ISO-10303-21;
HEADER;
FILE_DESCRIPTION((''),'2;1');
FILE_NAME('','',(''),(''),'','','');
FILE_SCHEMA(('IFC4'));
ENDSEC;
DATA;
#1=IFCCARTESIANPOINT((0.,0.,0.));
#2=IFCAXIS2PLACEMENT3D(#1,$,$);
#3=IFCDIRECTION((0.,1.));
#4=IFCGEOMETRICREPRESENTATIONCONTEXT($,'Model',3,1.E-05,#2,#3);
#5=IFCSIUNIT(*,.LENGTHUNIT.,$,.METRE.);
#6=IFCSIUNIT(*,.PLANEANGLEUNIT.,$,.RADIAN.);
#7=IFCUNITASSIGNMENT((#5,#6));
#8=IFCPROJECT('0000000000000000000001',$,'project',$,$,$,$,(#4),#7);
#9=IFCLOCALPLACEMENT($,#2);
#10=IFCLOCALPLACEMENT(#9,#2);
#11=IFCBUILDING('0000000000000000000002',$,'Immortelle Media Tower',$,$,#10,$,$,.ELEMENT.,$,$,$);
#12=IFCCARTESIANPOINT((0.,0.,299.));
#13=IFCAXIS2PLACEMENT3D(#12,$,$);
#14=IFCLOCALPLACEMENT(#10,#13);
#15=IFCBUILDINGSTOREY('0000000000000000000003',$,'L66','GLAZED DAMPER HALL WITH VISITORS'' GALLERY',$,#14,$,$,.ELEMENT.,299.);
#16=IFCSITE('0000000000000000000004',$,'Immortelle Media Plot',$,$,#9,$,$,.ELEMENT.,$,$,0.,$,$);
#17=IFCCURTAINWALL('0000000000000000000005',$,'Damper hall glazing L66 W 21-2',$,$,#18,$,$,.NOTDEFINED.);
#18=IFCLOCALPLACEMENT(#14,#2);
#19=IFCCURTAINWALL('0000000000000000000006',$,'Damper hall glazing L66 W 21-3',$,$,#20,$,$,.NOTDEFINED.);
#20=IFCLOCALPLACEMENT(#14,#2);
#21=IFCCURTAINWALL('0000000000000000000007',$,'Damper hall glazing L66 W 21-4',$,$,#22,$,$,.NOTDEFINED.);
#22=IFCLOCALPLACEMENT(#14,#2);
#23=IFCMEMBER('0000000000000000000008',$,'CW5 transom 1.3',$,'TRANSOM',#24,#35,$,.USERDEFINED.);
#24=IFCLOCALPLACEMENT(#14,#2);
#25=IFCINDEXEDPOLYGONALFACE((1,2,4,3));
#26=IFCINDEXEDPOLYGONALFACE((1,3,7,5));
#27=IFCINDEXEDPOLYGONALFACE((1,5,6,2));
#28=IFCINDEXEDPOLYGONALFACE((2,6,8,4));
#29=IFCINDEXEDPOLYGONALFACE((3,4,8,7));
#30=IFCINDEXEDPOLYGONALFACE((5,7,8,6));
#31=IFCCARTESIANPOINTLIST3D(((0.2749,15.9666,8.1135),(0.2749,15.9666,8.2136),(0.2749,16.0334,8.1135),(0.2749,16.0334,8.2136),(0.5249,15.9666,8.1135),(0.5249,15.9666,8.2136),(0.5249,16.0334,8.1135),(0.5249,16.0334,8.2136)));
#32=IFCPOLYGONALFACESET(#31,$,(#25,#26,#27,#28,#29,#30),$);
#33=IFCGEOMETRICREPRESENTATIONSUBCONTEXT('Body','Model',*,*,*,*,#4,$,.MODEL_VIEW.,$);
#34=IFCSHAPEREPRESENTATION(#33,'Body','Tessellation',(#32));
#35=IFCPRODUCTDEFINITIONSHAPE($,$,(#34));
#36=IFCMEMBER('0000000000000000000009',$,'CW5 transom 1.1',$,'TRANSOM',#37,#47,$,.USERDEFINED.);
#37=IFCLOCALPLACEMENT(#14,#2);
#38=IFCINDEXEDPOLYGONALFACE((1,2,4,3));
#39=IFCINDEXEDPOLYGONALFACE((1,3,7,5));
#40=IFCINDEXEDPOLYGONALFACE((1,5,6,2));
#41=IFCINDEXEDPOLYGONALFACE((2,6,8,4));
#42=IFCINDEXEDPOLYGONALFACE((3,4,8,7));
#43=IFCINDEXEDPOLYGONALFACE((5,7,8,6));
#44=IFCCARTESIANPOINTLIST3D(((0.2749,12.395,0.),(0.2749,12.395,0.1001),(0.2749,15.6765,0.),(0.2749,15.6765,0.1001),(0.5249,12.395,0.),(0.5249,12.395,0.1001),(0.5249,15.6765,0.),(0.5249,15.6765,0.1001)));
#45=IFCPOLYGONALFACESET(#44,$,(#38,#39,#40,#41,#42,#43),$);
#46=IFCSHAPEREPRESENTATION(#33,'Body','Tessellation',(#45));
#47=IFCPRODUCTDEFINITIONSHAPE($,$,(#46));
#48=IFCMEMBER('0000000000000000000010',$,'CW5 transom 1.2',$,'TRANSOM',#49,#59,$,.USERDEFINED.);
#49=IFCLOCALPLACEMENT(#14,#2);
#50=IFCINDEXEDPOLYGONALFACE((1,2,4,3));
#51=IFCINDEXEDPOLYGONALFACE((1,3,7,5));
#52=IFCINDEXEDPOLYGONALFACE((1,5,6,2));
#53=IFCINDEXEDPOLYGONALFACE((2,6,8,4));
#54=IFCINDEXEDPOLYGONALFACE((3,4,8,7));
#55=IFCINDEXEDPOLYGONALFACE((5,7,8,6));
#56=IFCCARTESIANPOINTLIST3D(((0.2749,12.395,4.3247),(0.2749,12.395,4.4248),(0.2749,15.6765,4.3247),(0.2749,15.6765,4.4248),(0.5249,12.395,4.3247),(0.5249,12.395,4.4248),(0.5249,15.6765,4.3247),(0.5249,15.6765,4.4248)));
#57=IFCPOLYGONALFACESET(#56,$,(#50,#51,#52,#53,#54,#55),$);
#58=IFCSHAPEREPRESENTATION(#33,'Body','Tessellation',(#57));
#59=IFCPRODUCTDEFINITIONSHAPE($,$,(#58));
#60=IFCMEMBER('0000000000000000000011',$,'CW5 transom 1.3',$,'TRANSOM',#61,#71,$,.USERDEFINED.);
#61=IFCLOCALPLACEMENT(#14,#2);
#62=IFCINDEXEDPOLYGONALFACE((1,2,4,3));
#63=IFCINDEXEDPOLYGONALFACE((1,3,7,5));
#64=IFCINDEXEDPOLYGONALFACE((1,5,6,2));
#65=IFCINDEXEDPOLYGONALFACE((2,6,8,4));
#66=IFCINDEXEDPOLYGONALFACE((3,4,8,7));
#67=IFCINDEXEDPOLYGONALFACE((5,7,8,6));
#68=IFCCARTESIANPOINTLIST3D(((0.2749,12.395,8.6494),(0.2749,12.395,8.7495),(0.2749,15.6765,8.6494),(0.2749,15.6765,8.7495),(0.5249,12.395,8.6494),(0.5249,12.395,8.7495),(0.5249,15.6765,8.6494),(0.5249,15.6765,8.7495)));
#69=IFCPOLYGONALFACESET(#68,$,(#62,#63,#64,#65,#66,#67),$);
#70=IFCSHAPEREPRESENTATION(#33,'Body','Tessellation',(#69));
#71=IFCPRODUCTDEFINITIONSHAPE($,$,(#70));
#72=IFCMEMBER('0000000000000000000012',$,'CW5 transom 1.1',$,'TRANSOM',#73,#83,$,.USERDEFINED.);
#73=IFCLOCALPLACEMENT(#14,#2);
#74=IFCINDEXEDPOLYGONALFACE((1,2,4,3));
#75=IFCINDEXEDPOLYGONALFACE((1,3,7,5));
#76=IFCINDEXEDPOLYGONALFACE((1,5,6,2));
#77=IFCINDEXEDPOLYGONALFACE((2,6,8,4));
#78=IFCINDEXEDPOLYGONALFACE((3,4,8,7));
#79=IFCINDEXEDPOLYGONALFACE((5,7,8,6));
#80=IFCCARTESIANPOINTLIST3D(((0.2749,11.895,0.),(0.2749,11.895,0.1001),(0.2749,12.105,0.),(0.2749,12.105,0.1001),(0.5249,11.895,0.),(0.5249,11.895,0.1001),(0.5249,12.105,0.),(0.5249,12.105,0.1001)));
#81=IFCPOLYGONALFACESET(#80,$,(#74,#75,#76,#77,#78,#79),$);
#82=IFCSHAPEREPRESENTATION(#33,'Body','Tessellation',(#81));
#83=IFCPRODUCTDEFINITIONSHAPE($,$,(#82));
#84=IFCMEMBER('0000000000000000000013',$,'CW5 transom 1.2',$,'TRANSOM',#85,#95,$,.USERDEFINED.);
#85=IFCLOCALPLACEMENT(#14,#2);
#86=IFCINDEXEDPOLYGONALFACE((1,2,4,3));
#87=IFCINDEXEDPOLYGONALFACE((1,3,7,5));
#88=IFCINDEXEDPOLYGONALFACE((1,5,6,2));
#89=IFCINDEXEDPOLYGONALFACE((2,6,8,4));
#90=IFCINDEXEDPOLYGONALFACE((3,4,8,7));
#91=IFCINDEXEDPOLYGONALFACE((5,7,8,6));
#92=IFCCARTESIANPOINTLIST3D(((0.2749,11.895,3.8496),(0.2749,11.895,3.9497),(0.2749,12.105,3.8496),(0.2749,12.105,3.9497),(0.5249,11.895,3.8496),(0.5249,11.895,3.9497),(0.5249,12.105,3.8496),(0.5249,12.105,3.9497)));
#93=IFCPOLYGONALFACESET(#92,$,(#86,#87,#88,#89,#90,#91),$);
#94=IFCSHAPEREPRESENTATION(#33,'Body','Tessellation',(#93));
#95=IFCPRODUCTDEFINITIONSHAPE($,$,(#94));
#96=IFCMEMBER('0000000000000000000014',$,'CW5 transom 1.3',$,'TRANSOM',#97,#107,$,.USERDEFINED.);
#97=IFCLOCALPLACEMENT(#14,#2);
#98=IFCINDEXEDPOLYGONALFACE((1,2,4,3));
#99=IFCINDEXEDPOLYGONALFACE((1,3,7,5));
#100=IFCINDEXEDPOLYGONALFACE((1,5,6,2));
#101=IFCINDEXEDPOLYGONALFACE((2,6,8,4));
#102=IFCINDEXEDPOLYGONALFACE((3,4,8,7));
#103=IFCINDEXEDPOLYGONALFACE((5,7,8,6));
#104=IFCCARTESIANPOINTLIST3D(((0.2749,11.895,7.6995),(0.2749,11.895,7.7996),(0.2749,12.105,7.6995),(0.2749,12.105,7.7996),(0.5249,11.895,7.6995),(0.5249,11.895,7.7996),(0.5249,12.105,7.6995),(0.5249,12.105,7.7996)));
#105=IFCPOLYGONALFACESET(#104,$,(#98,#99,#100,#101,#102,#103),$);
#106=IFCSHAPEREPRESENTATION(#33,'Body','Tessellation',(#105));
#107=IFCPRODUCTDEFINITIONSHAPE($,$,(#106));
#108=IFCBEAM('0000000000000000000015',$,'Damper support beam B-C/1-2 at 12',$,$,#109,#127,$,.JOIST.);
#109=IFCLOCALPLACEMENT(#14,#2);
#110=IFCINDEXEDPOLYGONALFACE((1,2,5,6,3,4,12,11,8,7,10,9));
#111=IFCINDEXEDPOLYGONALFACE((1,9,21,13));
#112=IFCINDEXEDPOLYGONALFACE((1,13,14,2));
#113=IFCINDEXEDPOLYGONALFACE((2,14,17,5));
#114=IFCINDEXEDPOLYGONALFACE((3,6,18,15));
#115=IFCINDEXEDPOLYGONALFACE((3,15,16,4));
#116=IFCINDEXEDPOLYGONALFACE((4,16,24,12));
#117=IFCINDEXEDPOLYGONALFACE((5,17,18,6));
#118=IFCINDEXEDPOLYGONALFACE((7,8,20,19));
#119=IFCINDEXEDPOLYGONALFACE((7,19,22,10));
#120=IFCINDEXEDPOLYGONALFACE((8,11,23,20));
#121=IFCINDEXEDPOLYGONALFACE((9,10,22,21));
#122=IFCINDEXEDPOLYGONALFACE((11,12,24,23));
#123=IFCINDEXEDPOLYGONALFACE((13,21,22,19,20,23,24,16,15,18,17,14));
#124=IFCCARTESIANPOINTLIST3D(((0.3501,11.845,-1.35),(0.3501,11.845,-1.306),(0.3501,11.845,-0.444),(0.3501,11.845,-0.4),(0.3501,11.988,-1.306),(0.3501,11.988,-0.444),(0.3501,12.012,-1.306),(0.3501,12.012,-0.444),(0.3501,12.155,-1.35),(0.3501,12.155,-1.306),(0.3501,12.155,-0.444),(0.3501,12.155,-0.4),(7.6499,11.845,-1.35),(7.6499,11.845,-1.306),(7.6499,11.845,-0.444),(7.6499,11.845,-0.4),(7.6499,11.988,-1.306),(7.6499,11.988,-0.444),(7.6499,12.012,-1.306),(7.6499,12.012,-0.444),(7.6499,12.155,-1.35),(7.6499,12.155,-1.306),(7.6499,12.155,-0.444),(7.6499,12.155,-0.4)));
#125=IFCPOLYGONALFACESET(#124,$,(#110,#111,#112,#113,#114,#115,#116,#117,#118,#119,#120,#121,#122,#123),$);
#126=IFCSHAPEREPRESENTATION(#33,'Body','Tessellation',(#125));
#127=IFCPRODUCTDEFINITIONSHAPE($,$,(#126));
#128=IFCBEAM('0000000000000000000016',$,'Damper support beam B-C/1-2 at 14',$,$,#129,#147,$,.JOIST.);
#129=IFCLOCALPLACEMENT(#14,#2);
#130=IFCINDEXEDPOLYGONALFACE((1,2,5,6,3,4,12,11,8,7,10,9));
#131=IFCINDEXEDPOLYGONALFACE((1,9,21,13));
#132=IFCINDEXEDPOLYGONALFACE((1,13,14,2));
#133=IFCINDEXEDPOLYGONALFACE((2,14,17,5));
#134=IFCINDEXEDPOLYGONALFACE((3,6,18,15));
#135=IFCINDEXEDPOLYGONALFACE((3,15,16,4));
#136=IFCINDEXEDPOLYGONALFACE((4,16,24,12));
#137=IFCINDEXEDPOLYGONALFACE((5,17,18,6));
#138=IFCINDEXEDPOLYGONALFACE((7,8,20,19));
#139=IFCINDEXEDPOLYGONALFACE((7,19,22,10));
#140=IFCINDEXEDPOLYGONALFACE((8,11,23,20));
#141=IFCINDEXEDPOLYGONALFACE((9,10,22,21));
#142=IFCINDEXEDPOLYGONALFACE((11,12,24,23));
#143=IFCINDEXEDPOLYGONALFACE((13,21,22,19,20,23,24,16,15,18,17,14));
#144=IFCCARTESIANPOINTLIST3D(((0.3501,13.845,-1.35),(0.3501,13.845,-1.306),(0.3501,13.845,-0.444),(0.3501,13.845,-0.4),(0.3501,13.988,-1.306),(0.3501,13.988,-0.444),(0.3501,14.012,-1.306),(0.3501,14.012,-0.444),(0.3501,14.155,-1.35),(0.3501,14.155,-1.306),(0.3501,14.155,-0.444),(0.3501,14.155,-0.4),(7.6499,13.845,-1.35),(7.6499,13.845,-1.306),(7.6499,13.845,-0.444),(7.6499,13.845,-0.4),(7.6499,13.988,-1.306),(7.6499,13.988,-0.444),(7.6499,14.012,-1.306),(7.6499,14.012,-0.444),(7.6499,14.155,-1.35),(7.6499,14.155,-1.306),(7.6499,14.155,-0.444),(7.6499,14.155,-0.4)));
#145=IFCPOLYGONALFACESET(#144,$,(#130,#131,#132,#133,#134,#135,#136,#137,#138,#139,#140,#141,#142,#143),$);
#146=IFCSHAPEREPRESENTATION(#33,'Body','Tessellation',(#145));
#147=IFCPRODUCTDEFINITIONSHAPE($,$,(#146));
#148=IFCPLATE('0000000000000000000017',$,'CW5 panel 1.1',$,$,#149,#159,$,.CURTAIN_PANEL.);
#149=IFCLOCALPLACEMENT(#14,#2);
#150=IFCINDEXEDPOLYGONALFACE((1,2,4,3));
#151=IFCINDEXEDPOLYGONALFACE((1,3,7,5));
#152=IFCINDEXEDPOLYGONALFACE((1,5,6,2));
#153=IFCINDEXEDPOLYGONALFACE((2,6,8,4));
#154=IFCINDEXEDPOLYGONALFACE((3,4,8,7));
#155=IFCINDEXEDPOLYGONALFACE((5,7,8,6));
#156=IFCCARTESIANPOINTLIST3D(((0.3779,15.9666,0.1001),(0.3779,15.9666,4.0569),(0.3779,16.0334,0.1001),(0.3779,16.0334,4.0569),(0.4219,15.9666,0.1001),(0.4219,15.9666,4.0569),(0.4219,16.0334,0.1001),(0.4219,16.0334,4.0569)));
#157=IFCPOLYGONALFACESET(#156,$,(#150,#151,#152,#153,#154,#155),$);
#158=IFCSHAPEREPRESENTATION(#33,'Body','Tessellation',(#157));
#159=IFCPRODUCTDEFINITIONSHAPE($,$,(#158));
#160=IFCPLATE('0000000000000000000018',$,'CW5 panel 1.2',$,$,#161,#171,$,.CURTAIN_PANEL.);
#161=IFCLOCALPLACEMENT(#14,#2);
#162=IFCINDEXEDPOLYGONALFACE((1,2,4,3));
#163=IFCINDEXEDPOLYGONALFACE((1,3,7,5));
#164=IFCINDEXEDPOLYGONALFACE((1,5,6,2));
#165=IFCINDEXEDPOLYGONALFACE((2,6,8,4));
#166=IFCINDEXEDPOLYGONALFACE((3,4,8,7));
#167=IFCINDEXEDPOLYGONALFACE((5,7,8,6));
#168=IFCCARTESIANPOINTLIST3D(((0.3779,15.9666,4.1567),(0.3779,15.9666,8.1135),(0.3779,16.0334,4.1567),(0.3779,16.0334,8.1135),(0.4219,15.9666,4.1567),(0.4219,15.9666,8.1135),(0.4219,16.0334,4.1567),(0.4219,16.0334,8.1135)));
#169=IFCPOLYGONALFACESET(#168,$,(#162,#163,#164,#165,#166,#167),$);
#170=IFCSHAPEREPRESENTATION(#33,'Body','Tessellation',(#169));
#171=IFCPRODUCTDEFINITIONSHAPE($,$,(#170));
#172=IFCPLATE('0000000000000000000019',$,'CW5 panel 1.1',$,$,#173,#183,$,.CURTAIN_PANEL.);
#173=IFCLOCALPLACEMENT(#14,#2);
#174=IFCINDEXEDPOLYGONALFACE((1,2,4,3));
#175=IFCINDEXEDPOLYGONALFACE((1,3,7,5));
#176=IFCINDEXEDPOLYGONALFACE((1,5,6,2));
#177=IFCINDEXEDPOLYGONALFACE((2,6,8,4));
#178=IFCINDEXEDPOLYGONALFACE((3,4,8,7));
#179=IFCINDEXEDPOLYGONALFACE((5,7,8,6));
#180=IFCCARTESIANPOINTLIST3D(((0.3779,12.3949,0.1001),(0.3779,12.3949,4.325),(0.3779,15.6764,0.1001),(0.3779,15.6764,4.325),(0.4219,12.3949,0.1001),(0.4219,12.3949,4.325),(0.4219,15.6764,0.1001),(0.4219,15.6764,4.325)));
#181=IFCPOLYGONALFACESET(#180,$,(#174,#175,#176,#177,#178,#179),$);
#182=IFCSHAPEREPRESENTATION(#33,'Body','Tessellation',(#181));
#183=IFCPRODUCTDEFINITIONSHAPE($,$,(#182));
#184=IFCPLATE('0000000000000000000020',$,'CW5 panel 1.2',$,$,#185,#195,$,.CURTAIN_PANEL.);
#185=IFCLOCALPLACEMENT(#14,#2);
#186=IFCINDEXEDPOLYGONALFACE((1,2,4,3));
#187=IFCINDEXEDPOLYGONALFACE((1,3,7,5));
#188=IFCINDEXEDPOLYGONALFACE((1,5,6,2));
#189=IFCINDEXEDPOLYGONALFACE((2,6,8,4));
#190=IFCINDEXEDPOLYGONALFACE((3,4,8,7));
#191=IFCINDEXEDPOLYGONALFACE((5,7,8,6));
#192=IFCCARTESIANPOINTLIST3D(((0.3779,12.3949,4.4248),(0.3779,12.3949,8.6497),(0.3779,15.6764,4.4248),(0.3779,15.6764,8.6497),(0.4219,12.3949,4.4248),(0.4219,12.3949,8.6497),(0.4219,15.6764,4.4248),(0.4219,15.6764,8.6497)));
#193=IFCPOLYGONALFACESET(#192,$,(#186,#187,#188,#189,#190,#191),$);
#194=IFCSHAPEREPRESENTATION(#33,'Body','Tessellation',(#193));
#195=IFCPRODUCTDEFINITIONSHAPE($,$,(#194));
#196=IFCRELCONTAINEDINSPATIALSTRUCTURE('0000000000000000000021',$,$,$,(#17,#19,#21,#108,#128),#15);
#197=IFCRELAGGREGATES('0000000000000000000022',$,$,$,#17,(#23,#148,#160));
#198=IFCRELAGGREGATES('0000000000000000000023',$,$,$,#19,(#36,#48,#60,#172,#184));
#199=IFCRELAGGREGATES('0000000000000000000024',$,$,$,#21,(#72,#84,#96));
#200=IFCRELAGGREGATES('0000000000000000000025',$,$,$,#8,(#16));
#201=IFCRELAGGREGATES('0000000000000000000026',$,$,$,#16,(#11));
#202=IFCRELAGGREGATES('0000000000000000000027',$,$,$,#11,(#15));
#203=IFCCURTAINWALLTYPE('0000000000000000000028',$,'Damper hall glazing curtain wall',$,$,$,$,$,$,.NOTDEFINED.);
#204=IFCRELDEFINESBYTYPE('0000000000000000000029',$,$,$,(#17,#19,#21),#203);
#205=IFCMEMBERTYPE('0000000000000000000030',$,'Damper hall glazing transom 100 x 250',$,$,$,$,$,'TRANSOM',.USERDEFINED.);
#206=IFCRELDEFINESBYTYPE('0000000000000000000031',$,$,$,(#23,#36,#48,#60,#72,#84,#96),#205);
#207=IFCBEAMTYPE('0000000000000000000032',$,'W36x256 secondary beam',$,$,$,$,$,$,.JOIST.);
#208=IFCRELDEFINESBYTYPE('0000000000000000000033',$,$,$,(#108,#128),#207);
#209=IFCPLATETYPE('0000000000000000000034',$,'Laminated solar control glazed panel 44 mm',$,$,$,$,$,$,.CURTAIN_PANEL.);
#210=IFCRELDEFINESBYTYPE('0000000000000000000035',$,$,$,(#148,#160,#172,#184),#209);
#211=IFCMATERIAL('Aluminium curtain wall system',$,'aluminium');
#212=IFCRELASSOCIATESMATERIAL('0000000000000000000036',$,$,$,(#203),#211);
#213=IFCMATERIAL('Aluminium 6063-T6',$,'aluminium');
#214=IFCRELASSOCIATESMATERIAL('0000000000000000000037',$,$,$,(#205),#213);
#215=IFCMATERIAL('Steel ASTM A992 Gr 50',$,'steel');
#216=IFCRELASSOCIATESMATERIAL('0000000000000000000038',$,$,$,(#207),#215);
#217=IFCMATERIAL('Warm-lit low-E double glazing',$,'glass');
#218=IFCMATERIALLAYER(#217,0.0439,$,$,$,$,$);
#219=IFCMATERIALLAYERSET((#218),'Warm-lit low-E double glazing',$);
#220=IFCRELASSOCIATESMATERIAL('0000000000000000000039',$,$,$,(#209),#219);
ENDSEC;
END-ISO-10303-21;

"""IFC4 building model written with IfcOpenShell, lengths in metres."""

from ifc_helpers import new_model, si_unit, direction, frame, origin, origin_2d, place, context, subcontext, project, spatial, rectangle, i_section, extrude, material, layer, layer_set, material_profile, profile_set, type_object, element, aggregate, save


model = new_model("IFC4")

# Units and contexts
model_context = context("Model", 3, precision=1e-05, world=origin(), true_north=direction((0.0, 1.0)))
body_context = subcontext(model_context, "Body", "Model", "MODEL_VIEW")
ifc_project = project(units=[si_unit("LENGTHUNIT", "METRE"), si_unit("PLANEANGLEUNIT", "RADIAN")], contexts=[model_context])

# Site, building, storey
site_placement = place(None, origin())
site = spatial("IfcSite", under=ifc_project, at=site_placement, Name="Immortelle Media Plot", CompositionType="ELEMENT", RefElevation=0.0)
building_placement = place(site_placement, origin())
building = spatial("IfcBuilding", under=site, at=building_placement, Name="Immortelle Media Tower", CompositionType="ELEMENT")
storey_placement = place(building_placement, frame((0.0, 0.0, 299.0)))
storey = spatial("IfcBuildingStorey", under=building, at=storey_placement, Name="L66", Description="GLAZED DAMPER HALL WITH VISITORS' GALLERY", CompositionType="ELEMENT", Elevation=299.0)

# Shared definitions
ifc_material_1 = material(Name="Steel ASTM A992 Gr 50", Category="steel")

# Shared definitions
ifc_material_2 = material(Name="Aluminium curtain wall system", Category="aluminium")
curtain_wall_type = type_object("IfcCurtainWallType", Name="Damper hall glazing curtain wall", PredefinedType="NOTDEFINED", material=ifc_material_2)
ifc_material_3 = material(Name="Aluminium 6063-T6", Category="aluminium")

# Curtain walls
curtain_wall_1_placement = place(storey_placement, origin())
curtain_wall_1 = element("IfcCurtainWall", 1, at=curtain_wall_1_placement, inside=storey, type_object=curtain_wall_type, Name="Damper hall glazing L66 W 21-2", PredefinedType="NOTDEFINED")
curtain_wall_2_placement = place(storey_placement, origin())
curtain_wall_2 = element("IfcCurtainWall", 2, at=curtain_wall_2_placement, inside=storey, type_object=curtain_wall_type, Name="Damper hall glazing L66 W 21-3", PredefinedType="NOTDEFINED")
curtain_wall_3_placement = place(storey_placement, origin())
curtain_wall_3 = element("IfcCurtainWall", 3, at=curtain_wall_3_placement, inside=storey, type_object=curtain_wall_type, Name="Damper hall glazing L66 W 21-4", PredefinedType="NOTDEFINED")

# Members
ifc_material_profile_1 = material_profile(ifc_material_3, rectangle(XDim=0.25, YDim=0.1001, at=origin_2d()), Name="AL 100x250")
ifc_profile_set_1 = profile_set([ifc_material_profile_1], Name="Aluminium 6063-T6")
member_type_1 = type_object("IfcMemberType", Name="Damper hall glazing transom 100 x 250", ElementType="TRANSOM", PredefinedType="USERDEFINED", material=ifc_profile_set_1)
member_1_placement = place(storey_placement, frame((0.3999, 16.0334, 8.1636), z_axis=(0.0, -1.0, 0.0), x_axis=(1.0, 0.0, 0.0)))
member_1 = element("IfcMember", 4, at=member_1_placement, type_object=member_type_1, Name="CW5 transom 1.3", ObjectType="TRANSOM", PredefinedType="USERDEFINED", context=body_context, shape_type="SweptSolid", body=[
    extrude(rectangle(XDim=0.25, YDim=0.1001, at=origin_2d()), origin(), (0.0, 0.0, 1.0), 0.0669),
])
member_2_placement = place(storey_placement, frame((0.3999, 15.6765, 0.05), z_axis=(0.0, -1.0, 0.0), x_axis=(1.0, 0.0, 0.0)))
member_2 = element("IfcMember", 5, at=member_2_placement, type_object=member_type_1, Name="CW5 transom 1.1", ObjectType="TRANSOM", PredefinedType="USERDEFINED", context=body_context, shape_type="SweptSolid", body=[
    extrude(rectangle(XDim=0.25, YDim=0.1001, at=origin_2d()), origin(), (0.0, 0.0, 1.0), 3.2815),
])
member_3_placement = place(storey_placement, frame((0.3999, 15.6765, 4.3748), z_axis=(0.0, -1.0, 0.0), x_axis=(1.0, 0.0, 0.0)))
member_3 = element("IfcMember", 6, at=member_3_placement, type_object=member_type_1, Name="CW5 transom 1.2", ObjectType="TRANSOM", PredefinedType="USERDEFINED", context=body_context, shape_type="SweptSolid", body=[
    extrude(rectangle(XDim=0.25, YDim=0.1001, at=origin_2d()), origin(), (0.0, 0.0, 1.0), 3.2815),
])
member_4_placement = place(storey_placement, frame((0.3999, 15.6765, 8.6995), z_axis=(0.0, -1.0, 0.0), x_axis=(1.0, 0.0, 0.0)))
member_4 = element("IfcMember", 7, at=member_4_placement, type_object=member_type_1, Name="CW5 transom 1.3", ObjectType="TRANSOM", PredefinedType="USERDEFINED", context=body_context, shape_type="SweptSolid", body=[
    extrude(rectangle(XDim=0.25, YDim=0.1001, at=origin_2d()), origin(), (0.0, 0.0, 1.0), 3.2815),
])
member_5_placement = place(storey_placement, frame((0.3999, 12.105, 0.05), z_axis=(0.0, -1.0, 0.0), x_axis=(1.0, 0.0, 0.0)))
member_5 = element("IfcMember", 8, at=member_5_placement, type_object=member_type_1, Name="CW5 transom 1.1", ObjectType="TRANSOM", PredefinedType="USERDEFINED", context=body_context, shape_type="SweptSolid", body=[
    extrude(rectangle(XDim=0.25, YDim=0.1001, at=origin_2d()), origin(), (0.0, 0.0, 1.0), 0.21),
])
member_6_placement = place(storey_placement, frame((0.3999, 12.105, 3.8997), z_axis=(0.0, -1.0, 0.0), x_axis=(1.0, 0.0, 0.0)))
member_6 = element("IfcMember", 9, at=member_6_placement, type_object=member_type_1, Name="CW5 transom 1.2", ObjectType="TRANSOM", PredefinedType="USERDEFINED", context=body_context, shape_type="SweptSolid", body=[
    extrude(rectangle(XDim=0.25, YDim=0.1001, at=origin_2d()), origin(), (0.0, 0.0, 1.0), 0.21),
])
member_7_placement = place(storey_placement, frame((0.3999, 12.105, 7.7495), z_axis=(0.0, -1.0, 0.0), x_axis=(1.0, 0.0, 0.0)))
member_7 = element("IfcMember", 10, at=member_7_placement, type_object=member_type_1, Name="CW5 transom 1.3", ObjectType="TRANSOM", PredefinedType="USERDEFINED", context=body_context, shape_type="SweptSolid", body=[
    extrude(rectangle(XDim=0.25, YDim=0.1001, at=origin_2d()), origin(), (0.0, 0.0, 1.0), 0.21),
])

# Beams
ifc_material_profile_2 = material_profile(ifc_material_1, i_section(OverallWidth=0.3101, OverallDepth=0.95, WebThickness=0.0239, FlangeThickness=0.0439, at=origin_2d()), Name="W36x256")
ifc_profile_set_2 = profile_set([ifc_material_profile_2], Name="Steel ASTM A992 Gr 50")
beam_type_1 = type_object("IfcBeamType", Name="W36x256 secondary beam", PredefinedType="JOIST", material=ifc_profile_set_2)
for number, where, z_axis, x_axis, name in (
    (11, (0.3501, 12.0, -0.875), (1.0, 0.0, 0.0), (0.0, 1.0, 0.0), "Damper support beam B-C/1-2 at 12"),
    (12, (0.3501, 14.0, -0.875), (1.0, 0.0, 0.0), (0.0, 1.0, 0.0), "Damper support beam B-C/1-2 at 14"),
):
    element("IfcBeam", number, at=place(storey_placement, frame(where, z_axis=z_axis, x_axis=x_axis)), inside=storey, type_object=beam_type_1, Name=name, PredefinedType="JOIST", context=body_context, shape_type="SweptSolid", body=[
        extrude(i_section(OverallWidth=0.3101, OverallDepth=0.95, WebThickness=0.0239, FlangeThickness=0.0439, at=origin_2d()), origin(), (0.0, 0.0, 1.0), 7.2998),
    ])

# Plates
ifc_material_4 = material(Name="Warm-lit low-E double glazing", Category="glass")
ifc_layer = layer(ifc_material_4, 0.0439)
ifc_layer_set = layer_set([ifc_layer], Name="Warm-lit low-E double glazing")
plate_type = type_object("IfcPlateType", Name="Laminated solar control glazed panel 44 mm", PredefinedType="CURTAIN_PANEL", material=ifc_layer_set)
plate_1_placement = place(storey_placement, frame((0.3999, 16.0, 0.1001), z_axis=(0.0, 0.0, 1.0), x_axis=(0.0, -1.0, 0.0)))
plate_1 = element("IfcPlate", 13, at=plate_1_placement, type_object=plate_type, Name="CW5 panel 1.1", PredefinedType="CURTAIN_PANEL", context=body_context, shape_type="SweptSolid", body=[
    extrude(rectangle(XDim=0.0669, YDim=0.0439, at=origin_2d()), origin(), (0.0, 0.0, 1.0), 3.9568),
])
plate_2_placement = place(storey_placement, frame((0.3999, 16.0, 4.1567), z_axis=(0.0, 0.0, 1.0), x_axis=(0.0, -1.0, 0.0)))
plate_2 = element("IfcPlate", 14, at=plate_2_placement, type_object=plate_type, Name="CW5 panel 1.2", PredefinedType="CURTAIN_PANEL", context=body_context, shape_type="SweptSolid", body=[
    extrude(rectangle(XDim=0.0669, YDim=0.0439, at=origin_2d()), origin(), (0.0, 0.0, 1.0), 3.9568),
])
aggregate(curtain_wall_1, [member_1, plate_1, plate_2])
plate_3_placement = place(storey_placement, frame((0.3999, 14.0356, 0.1001), z_axis=(0.0, 0.0, 1.0), x_axis=(0.0, -1.0, 0.0)))
plate_3 = element("IfcPlate", 15, at=plate_3_placement, type_object=plate_type, Name="CW5 panel 1.1", PredefinedType="CURTAIN_PANEL", context=body_context, shape_type="SweptSolid", body=[
    extrude(rectangle(XDim=3.2815, YDim=0.0439, at=origin_2d()), origin(), (0.0, 0.0, 1.0), 4.2249),
])
plate_4_placement = place(storey_placement, frame((0.3999, 14.0356, 4.4248), z_axis=(0.0, 0.0, 1.0), x_axis=(0.0, -1.0, 0.0)))
plate_4 = element("IfcPlate", 16, at=plate_4_placement, type_object=plate_type, Name="CW5 panel 1.2", PredefinedType="CURTAIN_PANEL", context=body_context, shape_type="SweptSolid", body=[
    extrude(rectangle(XDim=3.2815, YDim=0.0439, at=origin_2d()), origin(), (0.0, 0.0, 1.0), 4.2249),
])
aggregate(curtain_wall_2, [member_2, member_3, member_4, plate_3, plate_4])
aggregate(curtain_wall_3, [member_5, member_6, member_7])

save(model, "model.ifc")
